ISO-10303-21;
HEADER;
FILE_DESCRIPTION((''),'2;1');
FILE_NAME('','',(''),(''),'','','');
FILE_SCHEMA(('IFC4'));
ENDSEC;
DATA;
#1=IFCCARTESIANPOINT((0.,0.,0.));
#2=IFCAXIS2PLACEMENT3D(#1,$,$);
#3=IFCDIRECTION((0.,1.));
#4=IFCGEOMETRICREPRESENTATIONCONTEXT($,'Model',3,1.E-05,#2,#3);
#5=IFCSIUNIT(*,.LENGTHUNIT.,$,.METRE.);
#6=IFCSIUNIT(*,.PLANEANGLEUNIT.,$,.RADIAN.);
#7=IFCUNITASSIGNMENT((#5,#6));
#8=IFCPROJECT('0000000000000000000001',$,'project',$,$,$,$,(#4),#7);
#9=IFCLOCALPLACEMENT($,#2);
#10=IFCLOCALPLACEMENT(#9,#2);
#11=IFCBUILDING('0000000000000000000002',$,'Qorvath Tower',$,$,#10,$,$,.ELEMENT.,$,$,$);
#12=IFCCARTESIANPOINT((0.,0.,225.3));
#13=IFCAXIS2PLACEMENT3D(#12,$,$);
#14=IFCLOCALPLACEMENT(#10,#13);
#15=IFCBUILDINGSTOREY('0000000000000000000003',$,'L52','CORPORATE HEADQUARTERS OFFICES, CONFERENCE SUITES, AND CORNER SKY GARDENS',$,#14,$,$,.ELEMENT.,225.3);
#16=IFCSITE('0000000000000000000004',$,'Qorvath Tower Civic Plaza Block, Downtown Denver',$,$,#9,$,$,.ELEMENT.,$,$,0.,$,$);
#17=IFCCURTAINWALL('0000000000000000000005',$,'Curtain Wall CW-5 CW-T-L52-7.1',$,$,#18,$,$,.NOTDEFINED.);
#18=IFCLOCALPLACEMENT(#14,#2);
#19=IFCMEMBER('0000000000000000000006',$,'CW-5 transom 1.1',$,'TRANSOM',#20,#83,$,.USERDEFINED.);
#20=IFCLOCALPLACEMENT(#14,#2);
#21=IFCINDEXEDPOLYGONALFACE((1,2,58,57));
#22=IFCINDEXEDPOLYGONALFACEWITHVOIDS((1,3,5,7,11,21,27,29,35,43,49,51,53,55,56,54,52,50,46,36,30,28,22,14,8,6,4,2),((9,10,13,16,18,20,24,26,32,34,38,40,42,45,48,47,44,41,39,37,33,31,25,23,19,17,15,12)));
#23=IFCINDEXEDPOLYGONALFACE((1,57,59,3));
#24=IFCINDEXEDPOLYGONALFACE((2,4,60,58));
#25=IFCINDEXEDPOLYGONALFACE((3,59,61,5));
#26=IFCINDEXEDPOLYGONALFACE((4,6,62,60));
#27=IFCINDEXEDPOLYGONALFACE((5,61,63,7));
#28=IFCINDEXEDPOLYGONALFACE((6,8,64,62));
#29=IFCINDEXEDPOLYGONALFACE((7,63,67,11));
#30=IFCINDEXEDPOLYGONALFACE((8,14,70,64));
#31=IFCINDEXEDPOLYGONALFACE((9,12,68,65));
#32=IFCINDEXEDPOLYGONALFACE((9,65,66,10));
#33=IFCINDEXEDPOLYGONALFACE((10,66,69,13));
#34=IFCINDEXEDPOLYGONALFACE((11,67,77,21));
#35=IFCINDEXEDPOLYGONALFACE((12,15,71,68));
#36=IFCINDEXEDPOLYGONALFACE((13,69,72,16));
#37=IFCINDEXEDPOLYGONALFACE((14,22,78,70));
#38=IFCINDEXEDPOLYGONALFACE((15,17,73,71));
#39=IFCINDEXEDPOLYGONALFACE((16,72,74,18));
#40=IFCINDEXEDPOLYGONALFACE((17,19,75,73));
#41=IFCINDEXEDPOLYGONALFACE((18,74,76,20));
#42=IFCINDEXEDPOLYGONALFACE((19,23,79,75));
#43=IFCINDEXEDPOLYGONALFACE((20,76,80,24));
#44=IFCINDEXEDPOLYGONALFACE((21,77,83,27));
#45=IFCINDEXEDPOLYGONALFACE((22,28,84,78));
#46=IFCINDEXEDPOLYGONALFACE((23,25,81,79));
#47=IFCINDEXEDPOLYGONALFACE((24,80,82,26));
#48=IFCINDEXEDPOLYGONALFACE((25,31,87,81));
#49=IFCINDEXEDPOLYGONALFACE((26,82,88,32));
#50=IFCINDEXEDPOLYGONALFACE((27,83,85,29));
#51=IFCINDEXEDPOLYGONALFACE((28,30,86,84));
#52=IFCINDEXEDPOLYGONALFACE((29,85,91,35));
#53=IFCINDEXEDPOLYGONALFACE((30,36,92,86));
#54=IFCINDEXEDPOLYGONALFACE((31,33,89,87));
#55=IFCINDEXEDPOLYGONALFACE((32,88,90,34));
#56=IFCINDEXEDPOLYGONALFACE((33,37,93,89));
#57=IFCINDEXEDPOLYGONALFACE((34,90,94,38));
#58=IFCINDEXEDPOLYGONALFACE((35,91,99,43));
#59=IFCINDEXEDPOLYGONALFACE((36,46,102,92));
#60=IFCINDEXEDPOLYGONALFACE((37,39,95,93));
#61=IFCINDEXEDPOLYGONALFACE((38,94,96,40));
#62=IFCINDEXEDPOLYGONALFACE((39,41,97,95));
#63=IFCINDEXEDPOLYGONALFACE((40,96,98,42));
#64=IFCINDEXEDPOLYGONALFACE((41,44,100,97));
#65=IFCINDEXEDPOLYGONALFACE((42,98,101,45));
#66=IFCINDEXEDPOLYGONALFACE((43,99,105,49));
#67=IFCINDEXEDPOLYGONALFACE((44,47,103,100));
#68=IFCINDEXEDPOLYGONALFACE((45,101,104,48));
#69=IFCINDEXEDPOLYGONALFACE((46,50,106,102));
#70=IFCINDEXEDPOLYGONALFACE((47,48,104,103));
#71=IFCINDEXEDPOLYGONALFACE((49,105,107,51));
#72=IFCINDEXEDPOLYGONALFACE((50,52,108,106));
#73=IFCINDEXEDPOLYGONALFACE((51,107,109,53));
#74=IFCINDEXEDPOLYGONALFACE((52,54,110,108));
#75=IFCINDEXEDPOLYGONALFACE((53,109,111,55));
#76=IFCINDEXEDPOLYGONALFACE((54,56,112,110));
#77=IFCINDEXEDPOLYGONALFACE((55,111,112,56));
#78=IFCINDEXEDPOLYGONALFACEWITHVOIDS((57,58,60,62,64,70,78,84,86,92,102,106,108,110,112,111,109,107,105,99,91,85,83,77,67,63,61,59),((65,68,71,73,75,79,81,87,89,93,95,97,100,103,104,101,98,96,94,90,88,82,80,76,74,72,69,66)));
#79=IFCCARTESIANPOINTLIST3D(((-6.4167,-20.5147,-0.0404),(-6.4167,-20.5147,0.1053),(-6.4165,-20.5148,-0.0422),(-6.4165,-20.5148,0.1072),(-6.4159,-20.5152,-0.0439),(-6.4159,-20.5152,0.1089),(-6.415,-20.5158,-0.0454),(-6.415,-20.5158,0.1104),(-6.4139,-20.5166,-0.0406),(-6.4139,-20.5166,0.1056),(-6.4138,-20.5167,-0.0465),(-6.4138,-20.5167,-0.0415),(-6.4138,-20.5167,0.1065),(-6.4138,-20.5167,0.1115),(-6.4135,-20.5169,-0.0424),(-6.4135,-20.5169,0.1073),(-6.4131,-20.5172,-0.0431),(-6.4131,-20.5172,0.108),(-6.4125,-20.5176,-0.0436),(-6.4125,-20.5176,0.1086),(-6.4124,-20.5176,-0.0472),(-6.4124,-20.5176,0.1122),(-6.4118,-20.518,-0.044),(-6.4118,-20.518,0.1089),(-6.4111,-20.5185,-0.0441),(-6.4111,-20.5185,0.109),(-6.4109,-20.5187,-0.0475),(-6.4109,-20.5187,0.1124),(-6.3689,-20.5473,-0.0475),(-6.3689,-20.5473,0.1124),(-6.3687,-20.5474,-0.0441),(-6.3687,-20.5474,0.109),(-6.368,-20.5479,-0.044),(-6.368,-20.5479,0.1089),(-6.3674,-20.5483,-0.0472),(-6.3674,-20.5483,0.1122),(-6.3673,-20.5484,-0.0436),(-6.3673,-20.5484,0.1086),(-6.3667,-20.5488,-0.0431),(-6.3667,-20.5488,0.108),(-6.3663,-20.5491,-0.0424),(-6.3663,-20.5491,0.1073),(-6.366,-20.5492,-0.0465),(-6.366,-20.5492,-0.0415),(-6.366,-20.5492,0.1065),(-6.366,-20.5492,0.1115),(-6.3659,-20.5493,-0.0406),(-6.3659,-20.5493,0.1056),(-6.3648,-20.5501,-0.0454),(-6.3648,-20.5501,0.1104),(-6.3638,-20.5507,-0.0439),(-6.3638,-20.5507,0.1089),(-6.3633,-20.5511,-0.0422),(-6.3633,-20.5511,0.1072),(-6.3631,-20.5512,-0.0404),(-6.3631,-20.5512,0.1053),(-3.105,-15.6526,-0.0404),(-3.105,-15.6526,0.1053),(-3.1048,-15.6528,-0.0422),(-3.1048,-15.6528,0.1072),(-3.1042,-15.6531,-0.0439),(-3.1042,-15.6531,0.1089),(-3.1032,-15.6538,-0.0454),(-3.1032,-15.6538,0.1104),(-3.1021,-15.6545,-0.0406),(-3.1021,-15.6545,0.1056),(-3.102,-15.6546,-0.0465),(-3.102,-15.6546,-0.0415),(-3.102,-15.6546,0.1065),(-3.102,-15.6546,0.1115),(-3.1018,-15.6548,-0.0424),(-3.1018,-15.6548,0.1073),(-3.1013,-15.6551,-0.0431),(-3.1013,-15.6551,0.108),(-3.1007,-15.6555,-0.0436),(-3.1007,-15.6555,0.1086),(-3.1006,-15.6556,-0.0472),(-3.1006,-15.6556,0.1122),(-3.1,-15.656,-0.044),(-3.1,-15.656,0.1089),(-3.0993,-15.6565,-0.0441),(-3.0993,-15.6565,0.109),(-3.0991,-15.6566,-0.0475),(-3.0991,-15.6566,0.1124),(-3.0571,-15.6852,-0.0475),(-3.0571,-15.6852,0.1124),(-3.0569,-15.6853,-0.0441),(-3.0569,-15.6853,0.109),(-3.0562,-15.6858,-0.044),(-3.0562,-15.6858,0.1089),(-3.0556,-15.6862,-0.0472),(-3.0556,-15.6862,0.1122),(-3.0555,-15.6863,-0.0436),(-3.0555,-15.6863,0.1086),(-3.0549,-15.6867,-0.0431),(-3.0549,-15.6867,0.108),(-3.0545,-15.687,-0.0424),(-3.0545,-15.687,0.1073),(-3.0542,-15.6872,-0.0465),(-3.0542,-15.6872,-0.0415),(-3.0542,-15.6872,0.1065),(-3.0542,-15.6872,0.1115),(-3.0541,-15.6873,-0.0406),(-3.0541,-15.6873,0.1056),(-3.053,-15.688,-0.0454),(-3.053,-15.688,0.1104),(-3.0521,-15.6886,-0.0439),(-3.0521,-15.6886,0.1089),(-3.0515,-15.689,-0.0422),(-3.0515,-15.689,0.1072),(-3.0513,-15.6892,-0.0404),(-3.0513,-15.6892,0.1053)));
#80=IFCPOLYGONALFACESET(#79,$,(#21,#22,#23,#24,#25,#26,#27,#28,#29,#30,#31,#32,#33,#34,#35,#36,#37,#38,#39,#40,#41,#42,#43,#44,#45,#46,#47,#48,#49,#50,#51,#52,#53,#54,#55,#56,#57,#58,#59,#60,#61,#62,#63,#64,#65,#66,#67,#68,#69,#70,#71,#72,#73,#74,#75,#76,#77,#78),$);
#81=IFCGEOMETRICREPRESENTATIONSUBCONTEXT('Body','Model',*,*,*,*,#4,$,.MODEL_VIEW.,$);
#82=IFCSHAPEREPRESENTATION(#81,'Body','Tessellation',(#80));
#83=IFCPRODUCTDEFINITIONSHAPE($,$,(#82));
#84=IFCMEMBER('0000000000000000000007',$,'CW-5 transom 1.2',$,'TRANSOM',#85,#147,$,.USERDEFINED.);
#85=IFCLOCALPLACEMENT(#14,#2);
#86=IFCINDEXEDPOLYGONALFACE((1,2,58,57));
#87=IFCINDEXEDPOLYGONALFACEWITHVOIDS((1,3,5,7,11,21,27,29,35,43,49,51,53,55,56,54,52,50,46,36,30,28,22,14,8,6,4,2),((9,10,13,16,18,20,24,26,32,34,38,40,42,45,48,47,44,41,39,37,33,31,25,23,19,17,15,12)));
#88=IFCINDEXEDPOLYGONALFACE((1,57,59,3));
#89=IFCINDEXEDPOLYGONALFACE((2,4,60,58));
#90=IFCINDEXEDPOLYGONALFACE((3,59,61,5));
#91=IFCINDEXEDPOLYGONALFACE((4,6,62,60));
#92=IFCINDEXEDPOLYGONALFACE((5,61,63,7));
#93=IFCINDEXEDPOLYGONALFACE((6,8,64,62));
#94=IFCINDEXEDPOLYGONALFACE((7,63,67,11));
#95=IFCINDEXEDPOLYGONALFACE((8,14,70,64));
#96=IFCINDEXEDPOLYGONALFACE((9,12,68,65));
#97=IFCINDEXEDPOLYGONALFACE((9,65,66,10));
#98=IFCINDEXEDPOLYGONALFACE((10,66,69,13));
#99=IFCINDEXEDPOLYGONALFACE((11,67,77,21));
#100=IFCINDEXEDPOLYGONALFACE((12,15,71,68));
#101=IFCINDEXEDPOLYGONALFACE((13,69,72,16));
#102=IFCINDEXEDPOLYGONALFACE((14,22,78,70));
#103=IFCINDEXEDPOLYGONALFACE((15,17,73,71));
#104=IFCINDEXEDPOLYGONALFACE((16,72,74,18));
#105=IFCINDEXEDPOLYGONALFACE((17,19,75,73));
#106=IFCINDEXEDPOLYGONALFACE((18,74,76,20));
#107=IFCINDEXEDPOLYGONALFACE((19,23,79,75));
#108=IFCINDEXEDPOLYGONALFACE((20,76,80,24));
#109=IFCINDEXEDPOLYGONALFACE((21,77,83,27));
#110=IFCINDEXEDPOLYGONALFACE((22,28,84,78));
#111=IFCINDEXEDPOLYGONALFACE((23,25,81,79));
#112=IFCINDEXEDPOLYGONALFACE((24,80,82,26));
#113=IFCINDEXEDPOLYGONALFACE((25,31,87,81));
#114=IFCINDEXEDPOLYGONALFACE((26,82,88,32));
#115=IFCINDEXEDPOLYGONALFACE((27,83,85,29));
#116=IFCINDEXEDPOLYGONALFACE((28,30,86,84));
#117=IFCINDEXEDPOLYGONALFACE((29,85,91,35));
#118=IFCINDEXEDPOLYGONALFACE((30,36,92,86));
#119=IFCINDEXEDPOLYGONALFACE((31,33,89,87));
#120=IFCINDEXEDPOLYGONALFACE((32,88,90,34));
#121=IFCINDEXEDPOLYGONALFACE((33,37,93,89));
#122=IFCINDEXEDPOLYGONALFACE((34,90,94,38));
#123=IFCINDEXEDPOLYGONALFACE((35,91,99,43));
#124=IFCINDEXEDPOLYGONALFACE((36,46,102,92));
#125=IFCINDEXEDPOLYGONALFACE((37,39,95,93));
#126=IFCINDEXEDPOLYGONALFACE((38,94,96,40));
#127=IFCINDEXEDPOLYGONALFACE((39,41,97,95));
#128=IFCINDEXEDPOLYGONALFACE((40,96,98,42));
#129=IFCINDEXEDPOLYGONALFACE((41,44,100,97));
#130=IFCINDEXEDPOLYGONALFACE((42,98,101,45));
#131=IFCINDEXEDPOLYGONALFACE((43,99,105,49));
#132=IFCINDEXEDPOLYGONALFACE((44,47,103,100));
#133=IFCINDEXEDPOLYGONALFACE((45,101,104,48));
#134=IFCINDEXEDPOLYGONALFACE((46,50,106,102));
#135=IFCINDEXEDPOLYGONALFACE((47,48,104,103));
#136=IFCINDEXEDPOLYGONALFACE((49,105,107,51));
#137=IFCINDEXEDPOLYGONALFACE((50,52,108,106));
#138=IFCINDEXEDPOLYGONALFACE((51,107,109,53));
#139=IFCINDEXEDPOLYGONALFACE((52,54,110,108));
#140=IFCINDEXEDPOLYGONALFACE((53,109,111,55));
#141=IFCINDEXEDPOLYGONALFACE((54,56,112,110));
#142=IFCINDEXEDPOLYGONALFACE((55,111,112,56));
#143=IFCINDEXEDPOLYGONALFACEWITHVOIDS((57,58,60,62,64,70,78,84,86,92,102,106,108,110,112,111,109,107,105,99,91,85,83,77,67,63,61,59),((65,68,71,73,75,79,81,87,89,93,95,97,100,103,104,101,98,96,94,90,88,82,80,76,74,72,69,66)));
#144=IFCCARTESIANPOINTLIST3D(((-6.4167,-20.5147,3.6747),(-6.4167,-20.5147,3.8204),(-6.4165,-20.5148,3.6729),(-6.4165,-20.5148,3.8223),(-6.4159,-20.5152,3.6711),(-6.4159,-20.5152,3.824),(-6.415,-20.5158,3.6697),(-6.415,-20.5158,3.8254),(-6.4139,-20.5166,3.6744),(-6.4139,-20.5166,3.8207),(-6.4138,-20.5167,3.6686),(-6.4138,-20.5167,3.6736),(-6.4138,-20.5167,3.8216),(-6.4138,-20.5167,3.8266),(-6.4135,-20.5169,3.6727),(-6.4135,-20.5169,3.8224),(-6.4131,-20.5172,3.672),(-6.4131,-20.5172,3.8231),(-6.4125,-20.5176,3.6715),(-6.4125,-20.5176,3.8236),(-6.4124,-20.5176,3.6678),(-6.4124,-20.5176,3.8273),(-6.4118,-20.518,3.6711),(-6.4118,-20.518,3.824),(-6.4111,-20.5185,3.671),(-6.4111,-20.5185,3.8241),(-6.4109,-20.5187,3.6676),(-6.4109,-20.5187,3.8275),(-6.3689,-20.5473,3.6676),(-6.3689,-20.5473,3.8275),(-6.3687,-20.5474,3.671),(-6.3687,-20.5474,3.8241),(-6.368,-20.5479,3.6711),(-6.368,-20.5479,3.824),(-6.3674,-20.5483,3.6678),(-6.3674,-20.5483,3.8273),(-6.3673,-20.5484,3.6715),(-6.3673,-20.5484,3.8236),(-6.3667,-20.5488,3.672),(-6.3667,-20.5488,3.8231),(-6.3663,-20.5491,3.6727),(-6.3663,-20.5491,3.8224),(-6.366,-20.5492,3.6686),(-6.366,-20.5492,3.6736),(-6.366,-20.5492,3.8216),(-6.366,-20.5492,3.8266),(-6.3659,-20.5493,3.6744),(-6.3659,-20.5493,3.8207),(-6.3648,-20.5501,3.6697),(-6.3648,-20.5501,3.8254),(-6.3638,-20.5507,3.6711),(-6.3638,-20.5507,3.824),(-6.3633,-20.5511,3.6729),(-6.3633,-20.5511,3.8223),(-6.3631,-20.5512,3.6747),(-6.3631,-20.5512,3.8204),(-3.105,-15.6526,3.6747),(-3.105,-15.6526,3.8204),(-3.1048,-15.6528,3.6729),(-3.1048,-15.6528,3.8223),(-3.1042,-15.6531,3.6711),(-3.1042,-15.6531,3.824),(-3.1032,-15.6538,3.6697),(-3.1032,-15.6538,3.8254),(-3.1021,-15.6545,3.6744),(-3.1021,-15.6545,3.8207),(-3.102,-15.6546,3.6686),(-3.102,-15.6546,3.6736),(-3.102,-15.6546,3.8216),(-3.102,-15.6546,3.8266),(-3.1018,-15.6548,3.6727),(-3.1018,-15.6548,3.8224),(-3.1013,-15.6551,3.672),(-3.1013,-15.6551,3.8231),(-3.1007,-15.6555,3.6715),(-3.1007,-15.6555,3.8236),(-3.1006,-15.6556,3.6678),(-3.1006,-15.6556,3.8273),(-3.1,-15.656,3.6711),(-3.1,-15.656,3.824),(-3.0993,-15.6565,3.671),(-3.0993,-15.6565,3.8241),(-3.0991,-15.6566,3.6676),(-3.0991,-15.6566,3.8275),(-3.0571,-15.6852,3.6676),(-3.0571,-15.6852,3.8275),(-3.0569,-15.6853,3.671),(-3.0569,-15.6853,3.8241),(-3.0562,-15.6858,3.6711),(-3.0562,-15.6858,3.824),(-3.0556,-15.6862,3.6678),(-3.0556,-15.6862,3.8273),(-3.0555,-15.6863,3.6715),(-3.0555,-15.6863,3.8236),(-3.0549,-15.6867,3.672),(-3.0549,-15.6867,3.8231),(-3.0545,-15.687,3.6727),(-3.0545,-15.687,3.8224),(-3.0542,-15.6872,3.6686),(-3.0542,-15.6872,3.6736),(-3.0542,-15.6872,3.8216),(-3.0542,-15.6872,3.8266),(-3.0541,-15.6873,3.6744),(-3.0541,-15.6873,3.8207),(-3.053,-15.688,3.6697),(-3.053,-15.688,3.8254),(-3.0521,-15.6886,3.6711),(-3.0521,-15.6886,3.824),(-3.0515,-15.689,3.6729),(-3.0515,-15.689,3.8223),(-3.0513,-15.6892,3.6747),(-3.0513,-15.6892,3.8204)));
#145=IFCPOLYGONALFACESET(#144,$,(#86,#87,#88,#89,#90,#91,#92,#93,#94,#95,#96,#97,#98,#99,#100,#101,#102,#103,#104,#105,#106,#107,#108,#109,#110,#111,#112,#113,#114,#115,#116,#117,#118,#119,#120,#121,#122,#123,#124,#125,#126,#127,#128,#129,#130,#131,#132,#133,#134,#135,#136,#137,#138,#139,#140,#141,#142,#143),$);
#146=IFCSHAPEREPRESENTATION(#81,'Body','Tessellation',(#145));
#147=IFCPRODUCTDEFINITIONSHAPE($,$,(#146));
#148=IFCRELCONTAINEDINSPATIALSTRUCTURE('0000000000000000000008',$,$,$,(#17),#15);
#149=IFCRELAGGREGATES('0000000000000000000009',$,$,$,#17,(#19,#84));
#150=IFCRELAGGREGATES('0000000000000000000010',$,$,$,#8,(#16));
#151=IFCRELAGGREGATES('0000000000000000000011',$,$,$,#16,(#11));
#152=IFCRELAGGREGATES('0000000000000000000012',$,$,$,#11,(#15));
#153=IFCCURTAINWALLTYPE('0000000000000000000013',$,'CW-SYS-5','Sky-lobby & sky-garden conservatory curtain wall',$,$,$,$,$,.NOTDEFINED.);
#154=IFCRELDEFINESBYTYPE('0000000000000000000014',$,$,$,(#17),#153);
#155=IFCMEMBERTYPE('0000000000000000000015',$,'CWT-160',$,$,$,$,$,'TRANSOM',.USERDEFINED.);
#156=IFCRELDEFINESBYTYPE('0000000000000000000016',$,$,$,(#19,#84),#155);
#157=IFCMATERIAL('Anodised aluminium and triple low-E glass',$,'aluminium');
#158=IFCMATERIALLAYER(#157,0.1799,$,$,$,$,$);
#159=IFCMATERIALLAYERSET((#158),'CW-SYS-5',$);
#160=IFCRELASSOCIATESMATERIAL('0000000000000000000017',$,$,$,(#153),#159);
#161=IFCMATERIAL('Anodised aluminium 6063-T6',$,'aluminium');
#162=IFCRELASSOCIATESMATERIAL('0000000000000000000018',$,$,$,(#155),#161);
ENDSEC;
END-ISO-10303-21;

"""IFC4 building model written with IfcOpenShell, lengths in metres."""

from ifc_helpers import new_model, si_unit, direction, frame, origin, origin_2d, place, context, subcontext, project, spatial, hollow_rectangle, extrude, material, layer, layer_set, material_profile, profile_set, type_object, element, aggregate, save


model = new_model("IFC4")

# Units and contexts
model_context = context("Model", 3, precision=1e-05, world=origin(), true_north=direction((0.0, 1.0)))
body_context = subcontext(model_context, "Body", "Model", "MODEL_VIEW")
ifc_project = project(units=[si_unit("LENGTHUNIT", "METRE"), si_unit("PLANEANGLEUNIT", "RADIAN")], contexts=[model_context])

# Site, building, storey
site_placement = place(None, origin())
site = spatial("IfcSite", under=ifc_project, at=site_placement, Name="Qorvath Tower Civic Plaza Block, Downtown Denver", CompositionType="ELEMENT", RefElevation=0.0)
building_placement = place(site_placement, origin())
building = spatial("IfcBuilding", under=site, at=building_placement, Name="Qorvath Tower", CompositionType="ELEMENT")
storey_placement = place(building_placement, frame((0.0, 0.0, 225.3)))
storey = spatial("IfcBuildingStorey", under=building, at=storey_placement, Name="L52", Description="CORPORATE HEADQUARTERS OFFICES, CONFERENCE SUITES, AND CORNER SKY GARDENS", CompositionType="ELEMENT", Elevation=225.3)

# Shared definitions
ifc_material_1 = material(Name="Anodised aluminium and triple low-E glass", Category="aluminium")
ifc_layer_1 = layer(ifc_material_1, 0.1799)
ifc_layer_set_1 = layer_set([ifc_layer_1], Name="CW-SYS-5")
curtain_wall_type = type_object("IfcCurtainWallType", Name="CW-SYS-5", Description="Sky-lobby & sky-garden conservatory curtain wall", PredefinedType="NOTDEFINED", material=ifc_layer_set_1)

# Curtain wall
curtain_wall_1_placement = place(storey_placement, origin())
curtain_wall_1 = element("IfcCurtainWall", 1, at=curtain_wall_1_placement, inside=storey, type_object=curtain_wall_type, Name="Curtain Wall CW-5 CW-T-L52-7.1", PredefinedType="NOTDEFINED")

# Members
ifc_material_2 = material(Name="Anodised aluminium 6063-T6", Category="aluminium")
ifc_material_profile_1 = material_profile(ifc_material_2, hollow_rectangle(XDim=0.0649, YDim=0.1599, WallThickness=0.0034, InnerFilletRadius=0.0034, OuterFilletRadius=0.0071, at=origin_2d()), Name="CWT 160x65")
ifc_profile_set_1 = profile_set([ifc_material_profile_1], Name="Anodised aluminium 6063-T6")
member_type_1 = type_object("IfcMemberType", Name="CWT-160", ElementType="TRANSOM", PredefinedType="USERDEFINED", material=ifc_profile_set_1)
member_1_placement = place(storey_placement, frame((-6.3899, -20.533, 0.0325), z_axis=(0.562957, 0.826486, 0.0), x_axis=(-0.826486, 0.562957, 0.0)))
member_1 = element("IfcMember", 2, at=member_1_placement, type_object=member_type_1, Name="CW-5 transom 1.1", ObjectType="TRANSOM", PredefinedType="USERDEFINED", context=body_context, shape_type="SweptSolid", body=[
    extrude(hollow_rectangle(XDim=0.0649, YDim=0.1599, WallThickness=0.0034, InnerFilletRadius=0.0034, OuterFilletRadius=0.0071, at=origin_2d()), origin(), (0.0, 0.0, 1.0), 5.8828),
])
member_2_placement = place(storey_placement, frame((-6.3899, -20.533, 3.7476), z_axis=(0.562957, 0.826486, 0.0), x_axis=(-0.826486, 0.562957, 0.0)))
member_2 = element("IfcMember", 3, at=member_2_placement, type_object=member_type_1, Name="CW-5 transom 1.2", ObjectType="TRANSOM", PredefinedType="USERDEFINED", context=body_context, shape_type="SweptSolid", body=[
    extrude(hollow_rectangle(XDim=0.0649, YDim=0.1599, WallThickness=0.0034, InnerFilletRadius=0.0034, OuterFilletRadius=0.0071, at=origin_2d()), origin(), (0.0, 0.0, 1.0), 5.8828),
])

aggregate(curtain_wall_1, [member_1, member_2])

save(model, "model.ifc")
